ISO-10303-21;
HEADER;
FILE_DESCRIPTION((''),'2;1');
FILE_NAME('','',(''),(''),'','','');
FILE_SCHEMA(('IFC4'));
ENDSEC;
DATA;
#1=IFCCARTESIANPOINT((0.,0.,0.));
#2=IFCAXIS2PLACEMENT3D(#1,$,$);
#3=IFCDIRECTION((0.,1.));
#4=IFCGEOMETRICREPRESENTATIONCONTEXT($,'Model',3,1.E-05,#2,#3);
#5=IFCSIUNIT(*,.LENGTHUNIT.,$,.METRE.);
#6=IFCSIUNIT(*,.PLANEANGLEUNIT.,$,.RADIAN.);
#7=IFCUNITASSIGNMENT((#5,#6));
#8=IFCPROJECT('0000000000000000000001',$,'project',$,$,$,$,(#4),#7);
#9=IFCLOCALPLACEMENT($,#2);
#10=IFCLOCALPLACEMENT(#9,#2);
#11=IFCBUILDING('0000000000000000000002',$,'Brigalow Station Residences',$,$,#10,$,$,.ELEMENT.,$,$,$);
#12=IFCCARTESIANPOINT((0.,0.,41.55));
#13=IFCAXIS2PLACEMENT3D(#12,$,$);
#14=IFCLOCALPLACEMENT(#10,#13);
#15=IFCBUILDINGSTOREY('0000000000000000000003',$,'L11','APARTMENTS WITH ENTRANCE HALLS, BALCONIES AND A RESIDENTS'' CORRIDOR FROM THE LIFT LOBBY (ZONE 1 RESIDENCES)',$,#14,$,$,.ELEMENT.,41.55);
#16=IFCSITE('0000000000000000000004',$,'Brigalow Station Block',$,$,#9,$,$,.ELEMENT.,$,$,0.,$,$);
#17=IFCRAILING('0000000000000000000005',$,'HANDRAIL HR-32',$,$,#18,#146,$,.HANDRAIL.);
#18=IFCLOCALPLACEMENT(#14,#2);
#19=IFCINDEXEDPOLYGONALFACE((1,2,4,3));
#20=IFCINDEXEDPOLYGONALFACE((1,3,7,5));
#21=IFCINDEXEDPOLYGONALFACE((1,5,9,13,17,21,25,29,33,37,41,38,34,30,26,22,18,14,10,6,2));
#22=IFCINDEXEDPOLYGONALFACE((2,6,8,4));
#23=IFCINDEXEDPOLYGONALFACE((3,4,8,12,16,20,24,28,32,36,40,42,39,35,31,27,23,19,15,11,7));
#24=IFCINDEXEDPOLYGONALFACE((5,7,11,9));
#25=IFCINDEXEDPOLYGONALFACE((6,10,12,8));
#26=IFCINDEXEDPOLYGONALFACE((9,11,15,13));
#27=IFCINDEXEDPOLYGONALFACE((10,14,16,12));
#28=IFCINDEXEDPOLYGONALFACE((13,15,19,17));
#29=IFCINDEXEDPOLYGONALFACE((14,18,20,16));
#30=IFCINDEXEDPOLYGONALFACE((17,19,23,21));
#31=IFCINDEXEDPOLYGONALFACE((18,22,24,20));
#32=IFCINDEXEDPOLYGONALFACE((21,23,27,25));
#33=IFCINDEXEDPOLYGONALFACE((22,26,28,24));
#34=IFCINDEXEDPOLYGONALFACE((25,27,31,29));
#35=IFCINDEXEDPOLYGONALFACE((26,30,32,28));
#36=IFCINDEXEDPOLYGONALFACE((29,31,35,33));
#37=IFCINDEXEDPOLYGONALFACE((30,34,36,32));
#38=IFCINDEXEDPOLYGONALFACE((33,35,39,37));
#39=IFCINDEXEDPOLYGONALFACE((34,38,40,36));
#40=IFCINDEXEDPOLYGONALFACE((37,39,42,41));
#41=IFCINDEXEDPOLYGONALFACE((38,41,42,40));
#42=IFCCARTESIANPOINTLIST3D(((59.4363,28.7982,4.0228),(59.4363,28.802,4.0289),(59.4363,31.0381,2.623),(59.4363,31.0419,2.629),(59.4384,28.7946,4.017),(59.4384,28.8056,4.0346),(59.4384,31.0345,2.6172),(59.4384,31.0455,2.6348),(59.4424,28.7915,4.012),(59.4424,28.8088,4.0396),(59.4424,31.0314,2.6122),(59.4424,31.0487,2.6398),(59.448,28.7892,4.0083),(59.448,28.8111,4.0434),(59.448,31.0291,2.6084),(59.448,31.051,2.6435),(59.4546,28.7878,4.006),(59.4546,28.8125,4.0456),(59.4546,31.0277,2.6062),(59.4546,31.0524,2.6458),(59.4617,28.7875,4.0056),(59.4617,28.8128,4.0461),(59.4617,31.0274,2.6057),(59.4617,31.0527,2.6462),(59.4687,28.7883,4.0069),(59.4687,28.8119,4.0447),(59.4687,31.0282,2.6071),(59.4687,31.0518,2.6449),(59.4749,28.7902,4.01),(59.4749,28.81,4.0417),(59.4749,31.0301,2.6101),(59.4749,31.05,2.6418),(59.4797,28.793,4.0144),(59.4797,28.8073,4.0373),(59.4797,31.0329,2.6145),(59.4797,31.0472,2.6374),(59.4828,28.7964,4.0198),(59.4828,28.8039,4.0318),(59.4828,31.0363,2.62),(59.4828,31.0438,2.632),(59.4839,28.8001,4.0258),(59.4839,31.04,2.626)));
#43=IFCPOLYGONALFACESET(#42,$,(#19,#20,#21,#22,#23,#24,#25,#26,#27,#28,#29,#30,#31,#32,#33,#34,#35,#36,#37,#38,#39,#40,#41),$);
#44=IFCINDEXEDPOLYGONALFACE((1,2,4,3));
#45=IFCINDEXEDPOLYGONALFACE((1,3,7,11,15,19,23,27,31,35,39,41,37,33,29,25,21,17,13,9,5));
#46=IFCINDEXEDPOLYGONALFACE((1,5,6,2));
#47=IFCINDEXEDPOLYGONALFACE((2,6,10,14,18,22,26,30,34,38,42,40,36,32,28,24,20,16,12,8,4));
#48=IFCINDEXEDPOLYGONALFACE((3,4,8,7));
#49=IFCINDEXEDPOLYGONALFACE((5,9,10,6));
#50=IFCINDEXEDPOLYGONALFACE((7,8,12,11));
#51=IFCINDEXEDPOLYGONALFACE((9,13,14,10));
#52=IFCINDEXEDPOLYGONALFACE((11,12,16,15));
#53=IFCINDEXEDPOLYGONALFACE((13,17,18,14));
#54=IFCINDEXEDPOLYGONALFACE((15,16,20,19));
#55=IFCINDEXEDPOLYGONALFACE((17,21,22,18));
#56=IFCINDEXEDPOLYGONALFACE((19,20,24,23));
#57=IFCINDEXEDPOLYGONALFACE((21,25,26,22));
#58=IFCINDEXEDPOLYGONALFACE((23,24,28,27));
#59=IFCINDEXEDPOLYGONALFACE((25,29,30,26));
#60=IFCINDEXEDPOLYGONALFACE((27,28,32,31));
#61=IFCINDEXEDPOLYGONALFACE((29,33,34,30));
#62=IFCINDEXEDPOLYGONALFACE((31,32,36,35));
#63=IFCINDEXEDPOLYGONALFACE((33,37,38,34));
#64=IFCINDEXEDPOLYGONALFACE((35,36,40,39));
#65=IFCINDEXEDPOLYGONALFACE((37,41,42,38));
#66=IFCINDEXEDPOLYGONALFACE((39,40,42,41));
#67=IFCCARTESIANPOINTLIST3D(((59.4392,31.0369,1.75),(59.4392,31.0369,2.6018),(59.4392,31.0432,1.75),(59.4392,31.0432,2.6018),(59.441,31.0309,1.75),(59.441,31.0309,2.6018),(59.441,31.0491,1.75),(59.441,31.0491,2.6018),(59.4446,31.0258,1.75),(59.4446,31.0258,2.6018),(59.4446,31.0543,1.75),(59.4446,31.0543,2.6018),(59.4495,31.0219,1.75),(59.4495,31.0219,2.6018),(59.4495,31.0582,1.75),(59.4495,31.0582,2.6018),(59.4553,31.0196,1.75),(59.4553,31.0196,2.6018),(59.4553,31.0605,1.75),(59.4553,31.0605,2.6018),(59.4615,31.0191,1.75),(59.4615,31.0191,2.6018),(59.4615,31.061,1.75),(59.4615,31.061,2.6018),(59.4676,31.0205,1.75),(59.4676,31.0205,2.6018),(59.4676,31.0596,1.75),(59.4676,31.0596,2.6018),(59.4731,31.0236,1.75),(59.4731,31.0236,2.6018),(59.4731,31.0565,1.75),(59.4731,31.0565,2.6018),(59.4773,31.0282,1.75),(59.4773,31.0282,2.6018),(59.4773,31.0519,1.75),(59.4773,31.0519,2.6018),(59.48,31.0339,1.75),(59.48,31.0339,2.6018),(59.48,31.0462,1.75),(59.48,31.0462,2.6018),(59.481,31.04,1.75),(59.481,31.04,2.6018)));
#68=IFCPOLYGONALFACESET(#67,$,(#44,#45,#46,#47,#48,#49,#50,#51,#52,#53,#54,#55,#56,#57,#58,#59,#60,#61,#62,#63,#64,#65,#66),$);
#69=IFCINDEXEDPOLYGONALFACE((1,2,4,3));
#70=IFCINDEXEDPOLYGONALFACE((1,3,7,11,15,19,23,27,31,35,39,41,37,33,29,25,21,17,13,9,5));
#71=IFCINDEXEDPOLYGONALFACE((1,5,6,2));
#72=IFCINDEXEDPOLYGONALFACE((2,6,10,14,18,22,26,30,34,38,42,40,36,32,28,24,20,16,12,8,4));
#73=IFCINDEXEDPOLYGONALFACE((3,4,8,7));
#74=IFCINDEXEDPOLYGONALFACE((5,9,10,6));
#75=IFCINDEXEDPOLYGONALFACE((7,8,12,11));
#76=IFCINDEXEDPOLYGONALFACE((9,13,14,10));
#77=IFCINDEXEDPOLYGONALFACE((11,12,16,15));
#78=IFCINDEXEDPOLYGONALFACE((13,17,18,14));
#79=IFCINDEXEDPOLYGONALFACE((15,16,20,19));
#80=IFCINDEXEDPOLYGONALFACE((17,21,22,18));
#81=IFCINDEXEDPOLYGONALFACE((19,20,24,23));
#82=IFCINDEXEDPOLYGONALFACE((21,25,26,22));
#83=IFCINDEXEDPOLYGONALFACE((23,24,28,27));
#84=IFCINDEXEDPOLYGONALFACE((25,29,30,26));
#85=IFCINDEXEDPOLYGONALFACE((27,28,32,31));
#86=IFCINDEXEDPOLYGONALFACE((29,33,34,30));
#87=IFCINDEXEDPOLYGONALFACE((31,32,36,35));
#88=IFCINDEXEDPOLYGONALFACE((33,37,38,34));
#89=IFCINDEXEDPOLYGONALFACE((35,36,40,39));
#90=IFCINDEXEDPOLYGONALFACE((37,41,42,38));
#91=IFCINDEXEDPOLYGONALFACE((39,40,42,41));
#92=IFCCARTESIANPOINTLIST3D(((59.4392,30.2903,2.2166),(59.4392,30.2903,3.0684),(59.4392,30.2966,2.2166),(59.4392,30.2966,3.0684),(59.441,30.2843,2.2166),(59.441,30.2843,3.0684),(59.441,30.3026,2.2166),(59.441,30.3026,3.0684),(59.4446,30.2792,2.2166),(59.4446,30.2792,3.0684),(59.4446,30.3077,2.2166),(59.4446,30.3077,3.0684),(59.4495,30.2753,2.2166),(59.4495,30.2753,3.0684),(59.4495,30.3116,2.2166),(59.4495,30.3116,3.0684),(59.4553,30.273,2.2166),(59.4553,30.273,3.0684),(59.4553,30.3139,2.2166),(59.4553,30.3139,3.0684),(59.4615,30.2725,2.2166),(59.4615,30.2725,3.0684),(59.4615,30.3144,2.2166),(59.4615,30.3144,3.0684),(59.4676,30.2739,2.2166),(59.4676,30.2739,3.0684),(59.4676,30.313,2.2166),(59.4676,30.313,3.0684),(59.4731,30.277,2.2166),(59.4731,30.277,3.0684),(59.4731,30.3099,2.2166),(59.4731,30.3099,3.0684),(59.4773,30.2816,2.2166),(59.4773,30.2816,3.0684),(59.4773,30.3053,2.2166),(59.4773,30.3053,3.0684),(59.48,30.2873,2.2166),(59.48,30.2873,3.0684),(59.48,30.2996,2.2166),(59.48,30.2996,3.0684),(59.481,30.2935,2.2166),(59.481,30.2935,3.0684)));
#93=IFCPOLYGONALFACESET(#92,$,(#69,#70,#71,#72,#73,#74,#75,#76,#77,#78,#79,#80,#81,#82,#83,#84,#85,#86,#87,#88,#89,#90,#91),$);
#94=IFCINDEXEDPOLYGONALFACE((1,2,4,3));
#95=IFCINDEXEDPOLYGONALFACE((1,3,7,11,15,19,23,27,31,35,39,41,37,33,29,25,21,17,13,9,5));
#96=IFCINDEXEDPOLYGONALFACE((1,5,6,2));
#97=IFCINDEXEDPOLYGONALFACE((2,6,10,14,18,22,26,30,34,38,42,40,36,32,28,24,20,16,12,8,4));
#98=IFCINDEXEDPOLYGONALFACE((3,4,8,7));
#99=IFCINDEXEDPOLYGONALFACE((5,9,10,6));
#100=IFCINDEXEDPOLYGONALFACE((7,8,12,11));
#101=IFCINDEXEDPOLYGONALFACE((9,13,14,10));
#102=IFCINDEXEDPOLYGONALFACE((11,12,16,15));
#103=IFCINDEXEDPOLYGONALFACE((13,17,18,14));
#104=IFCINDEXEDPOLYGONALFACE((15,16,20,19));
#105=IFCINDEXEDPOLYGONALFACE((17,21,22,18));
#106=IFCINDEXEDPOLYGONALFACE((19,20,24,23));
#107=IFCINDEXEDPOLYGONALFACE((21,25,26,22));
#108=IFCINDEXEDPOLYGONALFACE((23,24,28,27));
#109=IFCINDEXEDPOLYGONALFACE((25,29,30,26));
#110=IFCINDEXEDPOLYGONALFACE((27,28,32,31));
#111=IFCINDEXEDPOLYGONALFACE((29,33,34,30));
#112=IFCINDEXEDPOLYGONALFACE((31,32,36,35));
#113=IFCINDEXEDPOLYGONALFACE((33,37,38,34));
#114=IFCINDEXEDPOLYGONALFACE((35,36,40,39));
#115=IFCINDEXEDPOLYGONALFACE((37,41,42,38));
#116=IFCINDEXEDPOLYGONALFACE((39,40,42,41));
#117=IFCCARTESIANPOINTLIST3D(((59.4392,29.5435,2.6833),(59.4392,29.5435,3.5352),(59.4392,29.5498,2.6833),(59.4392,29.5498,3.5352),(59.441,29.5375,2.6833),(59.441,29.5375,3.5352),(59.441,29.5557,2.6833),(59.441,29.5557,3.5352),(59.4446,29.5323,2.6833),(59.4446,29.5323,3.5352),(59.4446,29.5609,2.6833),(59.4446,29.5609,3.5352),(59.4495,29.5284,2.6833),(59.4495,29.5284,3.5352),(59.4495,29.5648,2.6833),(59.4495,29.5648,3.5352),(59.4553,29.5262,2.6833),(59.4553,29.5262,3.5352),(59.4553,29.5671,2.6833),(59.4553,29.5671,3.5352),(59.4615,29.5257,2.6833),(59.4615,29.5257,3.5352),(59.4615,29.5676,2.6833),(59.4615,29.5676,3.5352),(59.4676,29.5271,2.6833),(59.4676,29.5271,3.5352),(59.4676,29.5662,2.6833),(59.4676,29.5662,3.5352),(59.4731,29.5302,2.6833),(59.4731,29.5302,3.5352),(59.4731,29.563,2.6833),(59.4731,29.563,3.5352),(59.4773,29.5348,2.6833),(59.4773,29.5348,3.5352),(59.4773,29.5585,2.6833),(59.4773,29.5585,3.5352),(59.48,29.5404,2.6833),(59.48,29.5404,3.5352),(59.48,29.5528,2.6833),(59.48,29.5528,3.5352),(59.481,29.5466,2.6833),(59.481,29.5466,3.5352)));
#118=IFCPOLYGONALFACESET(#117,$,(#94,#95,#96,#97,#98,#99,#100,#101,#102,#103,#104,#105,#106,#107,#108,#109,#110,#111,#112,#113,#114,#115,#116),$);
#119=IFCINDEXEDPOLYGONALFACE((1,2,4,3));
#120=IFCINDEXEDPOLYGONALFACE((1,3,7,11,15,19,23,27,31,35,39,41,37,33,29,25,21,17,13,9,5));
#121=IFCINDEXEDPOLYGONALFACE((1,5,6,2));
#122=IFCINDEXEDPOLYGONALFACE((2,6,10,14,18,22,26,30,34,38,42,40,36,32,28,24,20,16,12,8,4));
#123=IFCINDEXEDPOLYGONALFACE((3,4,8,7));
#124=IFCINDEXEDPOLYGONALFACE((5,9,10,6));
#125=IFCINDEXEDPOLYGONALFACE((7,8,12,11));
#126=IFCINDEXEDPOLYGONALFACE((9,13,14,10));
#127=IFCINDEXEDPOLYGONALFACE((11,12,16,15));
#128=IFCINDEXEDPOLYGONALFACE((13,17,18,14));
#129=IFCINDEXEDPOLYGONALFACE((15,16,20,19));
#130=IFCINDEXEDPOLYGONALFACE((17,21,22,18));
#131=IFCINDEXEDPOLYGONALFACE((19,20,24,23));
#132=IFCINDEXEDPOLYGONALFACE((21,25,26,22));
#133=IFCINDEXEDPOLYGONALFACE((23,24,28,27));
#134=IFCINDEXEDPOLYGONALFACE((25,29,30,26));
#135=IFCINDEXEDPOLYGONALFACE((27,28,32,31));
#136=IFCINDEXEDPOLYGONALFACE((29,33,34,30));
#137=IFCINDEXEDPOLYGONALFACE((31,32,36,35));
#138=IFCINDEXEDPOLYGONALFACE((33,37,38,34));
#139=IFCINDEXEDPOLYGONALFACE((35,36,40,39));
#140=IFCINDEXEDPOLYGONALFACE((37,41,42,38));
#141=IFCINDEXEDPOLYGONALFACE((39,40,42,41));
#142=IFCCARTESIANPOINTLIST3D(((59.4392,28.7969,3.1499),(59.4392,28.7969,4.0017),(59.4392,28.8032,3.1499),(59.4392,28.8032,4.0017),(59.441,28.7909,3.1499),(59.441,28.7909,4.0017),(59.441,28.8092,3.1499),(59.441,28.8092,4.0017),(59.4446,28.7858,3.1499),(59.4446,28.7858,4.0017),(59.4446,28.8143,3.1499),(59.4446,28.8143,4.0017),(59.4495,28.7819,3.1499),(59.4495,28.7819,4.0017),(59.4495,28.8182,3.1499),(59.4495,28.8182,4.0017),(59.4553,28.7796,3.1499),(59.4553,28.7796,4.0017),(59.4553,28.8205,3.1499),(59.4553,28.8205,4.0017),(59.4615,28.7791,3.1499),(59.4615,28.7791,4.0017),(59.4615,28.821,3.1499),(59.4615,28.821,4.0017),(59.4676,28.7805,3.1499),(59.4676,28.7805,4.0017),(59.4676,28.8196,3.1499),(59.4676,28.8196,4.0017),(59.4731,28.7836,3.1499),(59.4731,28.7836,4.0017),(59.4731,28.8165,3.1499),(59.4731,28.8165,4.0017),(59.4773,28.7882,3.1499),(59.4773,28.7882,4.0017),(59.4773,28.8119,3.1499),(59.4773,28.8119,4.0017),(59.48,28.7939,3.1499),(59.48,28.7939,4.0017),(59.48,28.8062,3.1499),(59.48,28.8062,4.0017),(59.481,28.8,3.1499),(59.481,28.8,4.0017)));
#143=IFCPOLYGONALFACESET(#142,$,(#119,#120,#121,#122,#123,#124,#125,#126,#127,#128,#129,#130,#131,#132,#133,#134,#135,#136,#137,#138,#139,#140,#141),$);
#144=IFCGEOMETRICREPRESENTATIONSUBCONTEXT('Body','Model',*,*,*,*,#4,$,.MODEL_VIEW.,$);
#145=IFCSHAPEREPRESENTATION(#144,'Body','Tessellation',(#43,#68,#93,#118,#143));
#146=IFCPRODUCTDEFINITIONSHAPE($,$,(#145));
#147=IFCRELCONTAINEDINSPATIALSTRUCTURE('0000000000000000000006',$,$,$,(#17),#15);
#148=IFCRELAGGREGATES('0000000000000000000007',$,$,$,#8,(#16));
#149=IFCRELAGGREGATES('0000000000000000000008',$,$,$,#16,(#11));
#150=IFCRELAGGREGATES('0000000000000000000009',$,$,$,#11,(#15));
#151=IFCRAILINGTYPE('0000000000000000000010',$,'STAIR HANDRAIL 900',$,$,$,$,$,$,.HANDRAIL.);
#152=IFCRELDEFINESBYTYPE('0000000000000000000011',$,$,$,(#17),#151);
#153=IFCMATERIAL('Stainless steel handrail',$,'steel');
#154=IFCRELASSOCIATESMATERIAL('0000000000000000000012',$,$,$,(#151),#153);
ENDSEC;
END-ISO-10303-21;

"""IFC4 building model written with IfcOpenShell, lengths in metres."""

from ifc_helpers import new_model, si_unit, direction, frame, origin, origin_2d, place, context, subcontext, project, spatial, circle, extrude, material, type_object, element, save


model = new_model("IFC4")

# Units and contexts
model_context = context("Model", 3, precision=1e-05, world=origin(), true_north=direction((0.0, 1.0)))
body_context = subcontext(model_context, "Body", "Model", "MODEL_VIEW")
ifc_project = project(units=[si_unit("LENGTHUNIT", "METRE"), si_unit("PLANEANGLEUNIT", "RADIAN")], contexts=[model_context])

# Site, building, storey
site_placement = place(None, origin())
site = spatial("IfcSite", under=ifc_project, at=site_placement, Name="Brigalow Station Block", CompositionType="ELEMENT", RefElevation=0.0)
building_placement = place(site_placement, origin())
building = spatial("IfcBuilding", under=site, at=building_placement, Name="Brigalow Station Residences", CompositionType="ELEMENT")
storey_placement = place(building_placement, frame((0.0, 0.0, 41.55)))
storey = spatial("IfcBuildingStorey", under=building, at=storey_placement, Name="L11", Description="APARTMENTS WITH ENTRANCE HALLS, BALCONIES AND A RESIDENTS' CORRIDOR FROM THE LIFT LOBBY (ZONE 1 RESIDENCES)", CompositionType="ELEMENT", Elevation=41.55)

# Railing
ifc_material_1 = material(Name="Stainless steel handrail", Category="steel")
railing_type_1 = type_object("IfcRailingType", Name="STAIR HANDRAIL 900", PredefinedType="HANDRAIL", material=ifc_material_1)
railing_1_placement = place(storey_placement, frame((59.46, 31.04, 1.75)))
element("IfcRailing", 1, at=railing_1_placement, inside=storey, type_object=railing_type_1, Name="HANDRAIL HR-32", PredefinedType="HANDRAIL", context=body_context, shape_type="SweptSolid", body=[
    extrude(circle(Radius=0.0239, at=origin_2d()), frame((0.0, 0.0, 0.876), z_axis=(0.0, -0.848014, 0.529974), x_axis=(1.0, 0.0, 0.0)), (0.0, 0.0, 1.0), 2.6414),
    extrude(circle(Radius=0.021, at=origin_2d()), origin(), (0.0, 0.0, 1.0), 0.8518),
    extrude(circle(Radius=0.021, at=origin_2d()), frame((0.0, -0.7466, 0.4666)), (0.0, 0.0, 1.0), 0.8518),
    extrude(circle(Radius=0.021, at=origin_2d()), frame((0.0, -1.4934, 0.9333)), (0.0, 0.0, 1.0), 0.8518),
    extrude(circle(Radius=0.021, at=origin_2d()), frame((0.0, -2.24, 1.3999)), (0.0, 0.0, 1.0), 0.8518),
])

save(model, "model.ifc")
